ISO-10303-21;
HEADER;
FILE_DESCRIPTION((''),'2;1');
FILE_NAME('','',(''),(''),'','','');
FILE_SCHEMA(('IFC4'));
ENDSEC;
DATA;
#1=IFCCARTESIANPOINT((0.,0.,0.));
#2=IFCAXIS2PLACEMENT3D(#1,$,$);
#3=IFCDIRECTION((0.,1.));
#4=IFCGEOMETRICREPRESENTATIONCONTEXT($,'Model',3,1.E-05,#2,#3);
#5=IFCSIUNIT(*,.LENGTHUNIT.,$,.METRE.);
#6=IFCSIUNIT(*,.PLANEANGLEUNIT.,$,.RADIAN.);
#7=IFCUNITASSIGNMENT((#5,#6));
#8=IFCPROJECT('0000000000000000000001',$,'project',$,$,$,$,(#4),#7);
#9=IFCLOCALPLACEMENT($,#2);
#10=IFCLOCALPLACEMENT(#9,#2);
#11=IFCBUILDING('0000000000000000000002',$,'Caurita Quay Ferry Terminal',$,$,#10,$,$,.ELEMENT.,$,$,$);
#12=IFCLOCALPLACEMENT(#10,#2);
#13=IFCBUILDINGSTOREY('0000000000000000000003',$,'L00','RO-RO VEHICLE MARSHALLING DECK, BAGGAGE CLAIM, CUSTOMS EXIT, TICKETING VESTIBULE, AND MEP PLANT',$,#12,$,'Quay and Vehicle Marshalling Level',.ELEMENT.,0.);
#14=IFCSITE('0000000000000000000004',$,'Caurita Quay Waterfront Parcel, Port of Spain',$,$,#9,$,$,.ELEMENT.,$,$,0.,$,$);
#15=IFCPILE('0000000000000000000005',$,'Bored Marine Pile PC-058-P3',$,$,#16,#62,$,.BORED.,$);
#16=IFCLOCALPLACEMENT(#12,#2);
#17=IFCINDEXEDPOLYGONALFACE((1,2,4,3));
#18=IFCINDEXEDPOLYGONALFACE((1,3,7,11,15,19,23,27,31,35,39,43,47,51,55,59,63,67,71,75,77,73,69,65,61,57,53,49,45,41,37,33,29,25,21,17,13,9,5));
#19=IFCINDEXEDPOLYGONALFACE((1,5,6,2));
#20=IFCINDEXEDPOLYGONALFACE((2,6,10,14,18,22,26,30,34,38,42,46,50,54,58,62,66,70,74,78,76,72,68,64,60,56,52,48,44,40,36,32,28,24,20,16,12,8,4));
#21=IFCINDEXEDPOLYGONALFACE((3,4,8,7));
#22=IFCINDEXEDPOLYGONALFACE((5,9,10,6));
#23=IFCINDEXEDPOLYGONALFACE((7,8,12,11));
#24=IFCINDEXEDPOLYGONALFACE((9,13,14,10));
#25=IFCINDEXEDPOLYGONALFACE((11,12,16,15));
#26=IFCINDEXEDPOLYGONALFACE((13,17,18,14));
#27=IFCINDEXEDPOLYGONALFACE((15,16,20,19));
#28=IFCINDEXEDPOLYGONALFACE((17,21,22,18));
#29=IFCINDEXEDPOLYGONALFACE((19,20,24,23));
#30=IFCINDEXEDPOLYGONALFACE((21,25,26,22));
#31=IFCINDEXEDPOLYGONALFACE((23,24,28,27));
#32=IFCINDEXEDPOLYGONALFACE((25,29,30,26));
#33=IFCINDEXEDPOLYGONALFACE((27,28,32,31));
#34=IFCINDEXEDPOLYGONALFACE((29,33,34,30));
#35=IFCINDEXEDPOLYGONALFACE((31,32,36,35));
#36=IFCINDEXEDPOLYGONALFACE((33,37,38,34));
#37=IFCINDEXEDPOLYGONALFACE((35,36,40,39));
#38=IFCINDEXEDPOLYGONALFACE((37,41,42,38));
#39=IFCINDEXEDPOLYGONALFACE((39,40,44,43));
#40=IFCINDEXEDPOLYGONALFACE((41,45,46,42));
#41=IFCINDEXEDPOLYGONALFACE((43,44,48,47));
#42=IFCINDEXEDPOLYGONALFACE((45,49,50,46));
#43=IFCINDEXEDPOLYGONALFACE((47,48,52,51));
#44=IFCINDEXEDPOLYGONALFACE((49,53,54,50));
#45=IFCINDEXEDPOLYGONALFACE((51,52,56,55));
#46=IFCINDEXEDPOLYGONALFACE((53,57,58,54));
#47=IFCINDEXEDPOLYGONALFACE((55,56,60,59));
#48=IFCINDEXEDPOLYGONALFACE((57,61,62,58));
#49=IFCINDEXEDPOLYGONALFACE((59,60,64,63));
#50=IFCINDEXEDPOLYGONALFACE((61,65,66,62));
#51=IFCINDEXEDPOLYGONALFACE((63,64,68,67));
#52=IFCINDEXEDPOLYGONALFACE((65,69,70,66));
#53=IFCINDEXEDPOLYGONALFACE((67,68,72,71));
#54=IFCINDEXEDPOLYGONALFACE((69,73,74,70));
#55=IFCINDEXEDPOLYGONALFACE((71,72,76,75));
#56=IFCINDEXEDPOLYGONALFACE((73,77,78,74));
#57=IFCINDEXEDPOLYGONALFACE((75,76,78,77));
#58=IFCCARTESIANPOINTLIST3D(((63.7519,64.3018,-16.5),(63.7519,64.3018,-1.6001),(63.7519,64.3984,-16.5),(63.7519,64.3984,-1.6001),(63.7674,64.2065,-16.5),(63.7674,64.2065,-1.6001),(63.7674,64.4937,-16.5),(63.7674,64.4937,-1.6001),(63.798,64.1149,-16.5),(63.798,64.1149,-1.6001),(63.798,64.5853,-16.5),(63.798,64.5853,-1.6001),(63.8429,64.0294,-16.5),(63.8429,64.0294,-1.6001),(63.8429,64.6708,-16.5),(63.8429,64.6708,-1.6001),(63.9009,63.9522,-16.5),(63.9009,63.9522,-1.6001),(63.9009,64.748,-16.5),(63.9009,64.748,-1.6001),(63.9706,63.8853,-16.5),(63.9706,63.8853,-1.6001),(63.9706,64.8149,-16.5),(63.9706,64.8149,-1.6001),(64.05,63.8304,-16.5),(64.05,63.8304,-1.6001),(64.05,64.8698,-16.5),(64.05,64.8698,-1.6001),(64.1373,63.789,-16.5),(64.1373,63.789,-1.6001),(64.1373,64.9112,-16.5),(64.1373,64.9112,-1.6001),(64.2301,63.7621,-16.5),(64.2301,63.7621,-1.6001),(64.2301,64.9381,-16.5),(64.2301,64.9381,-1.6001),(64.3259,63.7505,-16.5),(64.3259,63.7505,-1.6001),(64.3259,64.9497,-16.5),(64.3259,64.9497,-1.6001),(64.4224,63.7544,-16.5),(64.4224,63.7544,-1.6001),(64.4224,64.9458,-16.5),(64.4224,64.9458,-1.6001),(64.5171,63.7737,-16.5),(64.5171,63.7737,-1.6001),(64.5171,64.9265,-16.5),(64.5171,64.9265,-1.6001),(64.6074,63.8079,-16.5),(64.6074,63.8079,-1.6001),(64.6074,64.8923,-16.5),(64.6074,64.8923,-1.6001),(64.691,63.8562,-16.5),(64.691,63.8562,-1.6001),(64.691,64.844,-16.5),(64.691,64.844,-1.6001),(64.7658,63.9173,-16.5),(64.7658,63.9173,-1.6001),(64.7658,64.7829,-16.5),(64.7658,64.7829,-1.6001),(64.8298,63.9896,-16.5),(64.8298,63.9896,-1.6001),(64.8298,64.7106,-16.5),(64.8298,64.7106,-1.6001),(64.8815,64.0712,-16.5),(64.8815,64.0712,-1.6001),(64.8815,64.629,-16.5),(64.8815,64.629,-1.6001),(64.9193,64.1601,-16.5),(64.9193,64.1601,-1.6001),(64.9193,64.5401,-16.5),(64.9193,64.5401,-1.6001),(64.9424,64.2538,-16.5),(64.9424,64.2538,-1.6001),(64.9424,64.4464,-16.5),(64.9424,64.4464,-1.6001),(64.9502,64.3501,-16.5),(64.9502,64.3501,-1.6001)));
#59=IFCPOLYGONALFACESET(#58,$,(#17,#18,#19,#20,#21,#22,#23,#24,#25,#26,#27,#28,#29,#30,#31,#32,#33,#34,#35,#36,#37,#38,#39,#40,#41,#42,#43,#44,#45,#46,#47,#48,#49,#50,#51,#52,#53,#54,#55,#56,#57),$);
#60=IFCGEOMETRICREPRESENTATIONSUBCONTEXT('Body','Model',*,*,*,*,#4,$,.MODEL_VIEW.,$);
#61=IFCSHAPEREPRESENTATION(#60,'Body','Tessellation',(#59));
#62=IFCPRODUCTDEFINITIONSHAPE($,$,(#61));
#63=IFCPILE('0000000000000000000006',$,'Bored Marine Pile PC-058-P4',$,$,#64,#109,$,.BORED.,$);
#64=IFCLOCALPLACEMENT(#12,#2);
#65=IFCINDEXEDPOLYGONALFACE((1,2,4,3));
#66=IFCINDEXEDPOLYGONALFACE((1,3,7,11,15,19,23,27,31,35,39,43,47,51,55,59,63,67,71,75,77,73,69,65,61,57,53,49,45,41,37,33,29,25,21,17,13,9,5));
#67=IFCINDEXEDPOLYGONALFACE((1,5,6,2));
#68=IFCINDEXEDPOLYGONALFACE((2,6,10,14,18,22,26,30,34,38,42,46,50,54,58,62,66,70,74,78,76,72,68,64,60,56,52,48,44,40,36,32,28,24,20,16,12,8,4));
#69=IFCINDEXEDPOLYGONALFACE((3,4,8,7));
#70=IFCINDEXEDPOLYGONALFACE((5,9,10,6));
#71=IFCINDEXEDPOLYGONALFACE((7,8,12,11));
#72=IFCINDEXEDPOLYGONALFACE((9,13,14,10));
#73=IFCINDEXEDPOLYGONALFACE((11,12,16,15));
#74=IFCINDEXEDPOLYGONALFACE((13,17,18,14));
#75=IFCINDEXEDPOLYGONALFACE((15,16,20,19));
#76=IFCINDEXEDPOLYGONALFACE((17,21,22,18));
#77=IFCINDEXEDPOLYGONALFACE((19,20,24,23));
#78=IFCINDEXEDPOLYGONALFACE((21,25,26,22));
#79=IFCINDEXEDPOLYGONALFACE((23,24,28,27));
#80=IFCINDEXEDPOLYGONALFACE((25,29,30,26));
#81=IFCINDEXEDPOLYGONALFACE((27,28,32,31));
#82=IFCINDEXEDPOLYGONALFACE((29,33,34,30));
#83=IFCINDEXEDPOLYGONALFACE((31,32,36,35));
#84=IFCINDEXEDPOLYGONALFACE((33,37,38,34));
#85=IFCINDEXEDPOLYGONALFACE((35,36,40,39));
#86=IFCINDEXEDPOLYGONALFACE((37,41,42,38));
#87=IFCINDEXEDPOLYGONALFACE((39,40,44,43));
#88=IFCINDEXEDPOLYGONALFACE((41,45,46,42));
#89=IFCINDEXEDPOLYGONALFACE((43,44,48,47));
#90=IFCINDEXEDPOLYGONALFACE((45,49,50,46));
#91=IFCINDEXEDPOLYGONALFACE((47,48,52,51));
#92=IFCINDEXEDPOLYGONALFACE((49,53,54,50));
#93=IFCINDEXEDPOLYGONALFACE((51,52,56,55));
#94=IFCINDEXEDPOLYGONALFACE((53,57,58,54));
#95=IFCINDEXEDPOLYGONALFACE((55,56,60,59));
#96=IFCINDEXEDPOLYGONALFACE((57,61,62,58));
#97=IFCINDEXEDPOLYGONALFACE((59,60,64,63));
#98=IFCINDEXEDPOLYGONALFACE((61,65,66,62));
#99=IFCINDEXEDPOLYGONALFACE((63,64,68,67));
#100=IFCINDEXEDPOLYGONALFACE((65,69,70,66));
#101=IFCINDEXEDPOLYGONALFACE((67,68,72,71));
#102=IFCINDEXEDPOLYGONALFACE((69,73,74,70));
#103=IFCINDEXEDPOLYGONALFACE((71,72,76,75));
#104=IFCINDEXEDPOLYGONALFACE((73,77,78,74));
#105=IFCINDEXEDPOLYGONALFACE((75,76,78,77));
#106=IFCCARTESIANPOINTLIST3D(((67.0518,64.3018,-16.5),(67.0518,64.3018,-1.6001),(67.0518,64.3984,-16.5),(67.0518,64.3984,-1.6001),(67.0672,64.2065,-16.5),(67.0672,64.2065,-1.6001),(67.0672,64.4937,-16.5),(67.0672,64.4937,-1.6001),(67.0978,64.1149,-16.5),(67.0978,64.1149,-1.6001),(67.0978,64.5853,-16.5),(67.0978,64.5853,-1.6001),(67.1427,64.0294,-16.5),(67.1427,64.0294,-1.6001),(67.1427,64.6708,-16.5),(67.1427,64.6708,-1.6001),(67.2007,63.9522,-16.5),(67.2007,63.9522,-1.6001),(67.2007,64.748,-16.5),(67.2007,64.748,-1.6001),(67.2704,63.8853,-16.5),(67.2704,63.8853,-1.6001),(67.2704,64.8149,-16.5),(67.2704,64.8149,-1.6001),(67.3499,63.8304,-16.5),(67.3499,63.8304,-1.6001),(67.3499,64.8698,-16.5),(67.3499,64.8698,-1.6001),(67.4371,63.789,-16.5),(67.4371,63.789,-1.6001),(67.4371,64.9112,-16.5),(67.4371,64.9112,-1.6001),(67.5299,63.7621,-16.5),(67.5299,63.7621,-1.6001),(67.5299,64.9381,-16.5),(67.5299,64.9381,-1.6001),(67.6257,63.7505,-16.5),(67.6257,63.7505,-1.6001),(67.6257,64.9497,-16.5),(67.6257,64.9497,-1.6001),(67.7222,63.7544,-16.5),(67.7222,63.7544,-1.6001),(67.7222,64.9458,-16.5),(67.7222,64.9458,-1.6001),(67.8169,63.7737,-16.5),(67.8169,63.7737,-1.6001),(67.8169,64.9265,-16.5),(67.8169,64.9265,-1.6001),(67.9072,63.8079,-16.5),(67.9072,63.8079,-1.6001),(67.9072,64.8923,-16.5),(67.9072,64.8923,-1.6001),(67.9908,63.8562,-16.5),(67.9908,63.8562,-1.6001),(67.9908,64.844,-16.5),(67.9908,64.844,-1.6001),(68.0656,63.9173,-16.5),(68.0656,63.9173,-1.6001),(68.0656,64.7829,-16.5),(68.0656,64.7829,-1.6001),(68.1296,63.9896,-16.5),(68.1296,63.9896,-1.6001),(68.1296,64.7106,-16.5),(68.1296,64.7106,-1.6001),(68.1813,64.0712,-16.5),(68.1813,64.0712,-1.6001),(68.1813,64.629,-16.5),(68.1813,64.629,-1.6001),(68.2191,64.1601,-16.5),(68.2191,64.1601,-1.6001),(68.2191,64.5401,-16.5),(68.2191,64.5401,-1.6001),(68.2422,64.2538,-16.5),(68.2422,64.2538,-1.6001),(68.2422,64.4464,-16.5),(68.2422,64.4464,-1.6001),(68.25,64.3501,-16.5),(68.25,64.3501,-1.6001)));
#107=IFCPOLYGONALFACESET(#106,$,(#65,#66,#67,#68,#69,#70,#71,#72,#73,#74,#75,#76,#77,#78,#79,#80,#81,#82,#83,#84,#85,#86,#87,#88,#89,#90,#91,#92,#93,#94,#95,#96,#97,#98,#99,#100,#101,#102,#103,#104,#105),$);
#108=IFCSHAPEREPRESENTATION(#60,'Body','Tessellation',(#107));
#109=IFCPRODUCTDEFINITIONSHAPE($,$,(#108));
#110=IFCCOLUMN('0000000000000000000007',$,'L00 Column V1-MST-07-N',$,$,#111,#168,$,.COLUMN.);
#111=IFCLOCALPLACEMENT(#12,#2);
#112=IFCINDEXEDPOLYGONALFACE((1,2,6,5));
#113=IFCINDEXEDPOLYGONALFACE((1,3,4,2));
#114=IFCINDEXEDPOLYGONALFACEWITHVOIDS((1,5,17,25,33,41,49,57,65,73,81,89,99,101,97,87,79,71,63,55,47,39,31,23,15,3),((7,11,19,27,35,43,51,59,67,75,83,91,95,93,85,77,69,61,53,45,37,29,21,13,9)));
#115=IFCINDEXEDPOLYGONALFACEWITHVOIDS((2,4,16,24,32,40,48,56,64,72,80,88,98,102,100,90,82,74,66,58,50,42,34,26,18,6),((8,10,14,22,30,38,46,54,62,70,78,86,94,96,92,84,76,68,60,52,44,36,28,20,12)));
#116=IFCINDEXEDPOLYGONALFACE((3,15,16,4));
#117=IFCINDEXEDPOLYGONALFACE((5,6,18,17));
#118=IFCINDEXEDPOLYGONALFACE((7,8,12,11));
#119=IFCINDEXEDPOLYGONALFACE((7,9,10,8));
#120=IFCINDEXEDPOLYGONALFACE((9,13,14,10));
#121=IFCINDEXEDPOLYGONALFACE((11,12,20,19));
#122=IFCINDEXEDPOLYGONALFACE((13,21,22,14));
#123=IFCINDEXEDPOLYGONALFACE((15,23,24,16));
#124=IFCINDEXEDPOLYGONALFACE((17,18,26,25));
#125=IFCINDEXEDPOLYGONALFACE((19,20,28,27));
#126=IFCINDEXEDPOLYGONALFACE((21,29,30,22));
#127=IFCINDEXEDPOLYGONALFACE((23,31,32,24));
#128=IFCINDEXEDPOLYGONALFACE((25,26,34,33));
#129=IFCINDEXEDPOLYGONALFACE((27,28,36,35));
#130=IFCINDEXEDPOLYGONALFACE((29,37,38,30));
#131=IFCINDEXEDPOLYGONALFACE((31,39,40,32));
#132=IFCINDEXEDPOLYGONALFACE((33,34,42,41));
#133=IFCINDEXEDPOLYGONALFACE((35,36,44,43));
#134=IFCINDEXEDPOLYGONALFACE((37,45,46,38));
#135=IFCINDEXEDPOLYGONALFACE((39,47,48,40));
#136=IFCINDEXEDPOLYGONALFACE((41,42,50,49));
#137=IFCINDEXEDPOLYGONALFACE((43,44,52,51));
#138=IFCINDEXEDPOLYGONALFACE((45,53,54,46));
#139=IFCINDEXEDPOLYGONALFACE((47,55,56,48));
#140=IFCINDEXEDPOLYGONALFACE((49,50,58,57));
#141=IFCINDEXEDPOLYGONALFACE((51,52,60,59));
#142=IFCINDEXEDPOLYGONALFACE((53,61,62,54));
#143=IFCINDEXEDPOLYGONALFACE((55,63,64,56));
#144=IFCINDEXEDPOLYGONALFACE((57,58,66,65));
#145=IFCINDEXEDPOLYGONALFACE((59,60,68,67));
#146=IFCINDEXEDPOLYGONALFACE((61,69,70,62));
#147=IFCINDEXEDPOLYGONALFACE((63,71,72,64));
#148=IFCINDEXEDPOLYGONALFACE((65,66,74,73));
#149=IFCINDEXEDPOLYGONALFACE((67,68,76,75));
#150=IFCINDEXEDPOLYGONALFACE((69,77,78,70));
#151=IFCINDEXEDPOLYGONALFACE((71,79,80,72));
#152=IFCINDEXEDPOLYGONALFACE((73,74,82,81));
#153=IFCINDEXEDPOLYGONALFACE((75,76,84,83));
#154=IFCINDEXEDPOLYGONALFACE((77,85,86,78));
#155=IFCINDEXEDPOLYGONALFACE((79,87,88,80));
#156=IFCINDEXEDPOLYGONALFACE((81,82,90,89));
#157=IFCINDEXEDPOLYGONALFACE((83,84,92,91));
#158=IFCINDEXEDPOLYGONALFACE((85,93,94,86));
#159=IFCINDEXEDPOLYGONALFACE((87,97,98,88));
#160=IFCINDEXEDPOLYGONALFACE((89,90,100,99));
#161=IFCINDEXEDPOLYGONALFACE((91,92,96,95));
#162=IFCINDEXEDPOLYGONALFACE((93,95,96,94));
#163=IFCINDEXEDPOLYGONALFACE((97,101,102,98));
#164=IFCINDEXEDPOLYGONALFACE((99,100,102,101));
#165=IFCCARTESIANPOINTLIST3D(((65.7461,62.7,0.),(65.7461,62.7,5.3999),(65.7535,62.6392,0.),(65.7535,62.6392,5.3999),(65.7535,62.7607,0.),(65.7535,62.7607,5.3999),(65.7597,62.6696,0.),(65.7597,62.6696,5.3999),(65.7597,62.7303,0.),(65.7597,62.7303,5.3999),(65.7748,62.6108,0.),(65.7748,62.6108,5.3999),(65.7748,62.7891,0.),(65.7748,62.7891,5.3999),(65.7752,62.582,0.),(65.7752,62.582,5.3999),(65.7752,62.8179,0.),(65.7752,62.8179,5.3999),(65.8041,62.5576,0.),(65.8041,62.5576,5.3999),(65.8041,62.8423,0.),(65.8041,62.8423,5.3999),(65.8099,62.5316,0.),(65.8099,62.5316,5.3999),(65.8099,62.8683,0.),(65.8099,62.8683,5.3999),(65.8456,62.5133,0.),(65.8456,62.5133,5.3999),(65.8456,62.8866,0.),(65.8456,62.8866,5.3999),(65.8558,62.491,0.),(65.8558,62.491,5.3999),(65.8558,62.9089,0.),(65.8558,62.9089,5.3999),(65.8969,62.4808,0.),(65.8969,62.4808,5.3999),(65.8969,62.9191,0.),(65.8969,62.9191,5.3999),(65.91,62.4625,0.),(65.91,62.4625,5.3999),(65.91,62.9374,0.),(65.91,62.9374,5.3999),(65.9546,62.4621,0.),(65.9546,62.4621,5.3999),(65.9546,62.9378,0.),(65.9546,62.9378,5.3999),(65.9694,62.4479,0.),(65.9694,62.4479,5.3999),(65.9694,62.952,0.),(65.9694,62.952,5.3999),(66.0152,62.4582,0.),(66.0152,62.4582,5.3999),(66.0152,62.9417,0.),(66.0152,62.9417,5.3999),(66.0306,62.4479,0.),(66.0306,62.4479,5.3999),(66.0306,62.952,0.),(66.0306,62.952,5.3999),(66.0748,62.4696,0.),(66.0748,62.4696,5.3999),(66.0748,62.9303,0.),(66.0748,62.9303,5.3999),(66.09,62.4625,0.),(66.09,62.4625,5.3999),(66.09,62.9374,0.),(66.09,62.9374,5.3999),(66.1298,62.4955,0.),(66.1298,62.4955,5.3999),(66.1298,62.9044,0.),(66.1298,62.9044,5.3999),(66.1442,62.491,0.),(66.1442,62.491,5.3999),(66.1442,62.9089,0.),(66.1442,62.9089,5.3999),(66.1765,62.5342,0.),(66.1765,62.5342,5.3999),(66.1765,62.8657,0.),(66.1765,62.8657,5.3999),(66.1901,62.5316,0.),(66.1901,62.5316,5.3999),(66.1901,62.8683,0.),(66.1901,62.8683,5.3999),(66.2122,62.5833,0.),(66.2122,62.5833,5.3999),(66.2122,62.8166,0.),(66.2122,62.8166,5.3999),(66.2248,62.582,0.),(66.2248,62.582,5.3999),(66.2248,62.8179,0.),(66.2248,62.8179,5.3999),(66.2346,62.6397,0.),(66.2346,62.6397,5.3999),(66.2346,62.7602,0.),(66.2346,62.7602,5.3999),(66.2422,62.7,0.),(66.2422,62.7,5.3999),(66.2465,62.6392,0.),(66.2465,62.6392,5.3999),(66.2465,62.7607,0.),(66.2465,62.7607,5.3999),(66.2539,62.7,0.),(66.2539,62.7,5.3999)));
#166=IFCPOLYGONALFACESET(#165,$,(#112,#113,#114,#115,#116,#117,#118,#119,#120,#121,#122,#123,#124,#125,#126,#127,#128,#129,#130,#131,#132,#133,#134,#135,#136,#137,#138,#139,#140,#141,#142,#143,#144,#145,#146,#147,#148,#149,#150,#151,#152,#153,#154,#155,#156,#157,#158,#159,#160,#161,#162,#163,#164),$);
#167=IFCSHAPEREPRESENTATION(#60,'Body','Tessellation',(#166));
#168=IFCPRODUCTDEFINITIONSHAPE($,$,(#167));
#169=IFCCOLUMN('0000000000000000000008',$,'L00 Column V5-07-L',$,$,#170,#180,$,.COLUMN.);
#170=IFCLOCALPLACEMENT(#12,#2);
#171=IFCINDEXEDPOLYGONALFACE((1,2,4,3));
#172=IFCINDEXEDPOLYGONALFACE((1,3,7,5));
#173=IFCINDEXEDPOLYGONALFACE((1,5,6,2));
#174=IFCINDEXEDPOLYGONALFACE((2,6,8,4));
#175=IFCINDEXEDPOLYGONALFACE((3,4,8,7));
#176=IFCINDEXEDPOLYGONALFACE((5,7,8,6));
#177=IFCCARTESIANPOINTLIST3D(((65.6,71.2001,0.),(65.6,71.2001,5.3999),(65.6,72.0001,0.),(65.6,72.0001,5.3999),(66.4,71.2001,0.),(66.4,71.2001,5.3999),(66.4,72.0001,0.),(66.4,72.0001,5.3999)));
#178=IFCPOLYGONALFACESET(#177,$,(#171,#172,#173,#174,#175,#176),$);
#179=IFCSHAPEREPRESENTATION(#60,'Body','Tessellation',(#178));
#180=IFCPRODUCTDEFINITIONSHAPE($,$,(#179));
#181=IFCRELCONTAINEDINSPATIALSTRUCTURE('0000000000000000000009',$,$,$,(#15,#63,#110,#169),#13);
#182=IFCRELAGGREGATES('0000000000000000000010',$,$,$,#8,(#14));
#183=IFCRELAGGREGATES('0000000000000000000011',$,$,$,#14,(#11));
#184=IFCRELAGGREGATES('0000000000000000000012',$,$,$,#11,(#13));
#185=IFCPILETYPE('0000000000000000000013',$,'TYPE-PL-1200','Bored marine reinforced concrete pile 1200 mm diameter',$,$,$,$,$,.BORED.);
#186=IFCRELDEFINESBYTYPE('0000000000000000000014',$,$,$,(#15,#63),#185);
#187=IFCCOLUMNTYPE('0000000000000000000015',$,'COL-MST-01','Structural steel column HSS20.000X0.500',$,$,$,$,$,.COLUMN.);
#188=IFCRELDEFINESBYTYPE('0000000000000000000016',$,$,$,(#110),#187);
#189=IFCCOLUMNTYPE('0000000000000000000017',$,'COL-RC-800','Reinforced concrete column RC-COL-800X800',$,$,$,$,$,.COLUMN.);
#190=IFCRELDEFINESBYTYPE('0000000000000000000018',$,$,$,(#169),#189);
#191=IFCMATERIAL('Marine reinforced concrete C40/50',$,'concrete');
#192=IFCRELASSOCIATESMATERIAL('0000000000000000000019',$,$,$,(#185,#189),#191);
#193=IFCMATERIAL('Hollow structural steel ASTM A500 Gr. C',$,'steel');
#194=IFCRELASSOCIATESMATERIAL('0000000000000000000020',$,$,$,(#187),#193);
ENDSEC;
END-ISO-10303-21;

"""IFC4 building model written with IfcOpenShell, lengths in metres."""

from ifc_helpers import new_model, si_unit, direction, frame, origin, origin_2d, place, context, subcontext, project, spatial, rectangle, circle, hollow_circle, extrude, material, material_profile, profile_set, type_object, element, save


model = new_model("IFC4")

# Units and contexts
model_context = context("Model", 3, precision=1e-05, world=origin(), true_north=direction((0.0, 1.0)))
body_context = subcontext(model_context, "Body", "Model", "MODEL_VIEW")
ifc_project = project(units=[si_unit("LENGTHUNIT", "METRE"), si_unit("PLANEANGLEUNIT", "RADIAN")], contexts=[model_context])

# Site, building, storey
site_placement = place(None, origin())
site = spatial("IfcSite", under=ifc_project, at=site_placement, Name="Caurita Quay Waterfront Parcel, Port of Spain", CompositionType="ELEMENT", RefElevation=0.0)
building_placement = place(site_placement, origin())
building = spatial("IfcBuilding", under=site, at=building_placement, Name="Caurita Quay Ferry Terminal", CompositionType="ELEMENT")
storey_placement = place(building_placement, origin())
storey = spatial("IfcBuildingStorey", under=building, at=storey_placement, Name="L00", Description="RO-RO VEHICLE MARSHALLING DECK, BAGGAGE CLAIM, CUSTOMS EXIT, TICKETING VESTIBULE, AND MEP PLANT", LongName="Quay and Vehicle Marshalling Level", CompositionType="ELEMENT", Elevation=0.0)

# Piles
ifc_material_1 = material(Name="Marine reinforced concrete C40/50", Category="concrete")
ifc_material_profile_1 = material_profile(ifc_material_1, circle(Radius=0.6001, at=origin_2d()), Name="PILE-D1200")
ifc_profile_set_1 = profile_set([ifc_material_profile_1], Name="Marine reinforced concrete C40/50")
pile_type_1 = type_object("IfcPileType", Name="TYPE-PL-1200", Description="Bored marine reinforced concrete pile 1200 mm diameter", PredefinedType="BORED", material=ifc_profile_set_1)
for number, where, z_axis, x_axis, name in (
    (1, (64.3501, 64.3501, -1.6001), (0.0, 0.0, -1.0), (1.0, 0.0, 0.0), "Bored Marine Pile PC-058-P3"),
    (2, (67.6499, 64.3501, -1.6001), (0.0, 0.0, -1.0), (1.0, 0.0, 0.0), "Bored Marine Pile PC-058-P4"),
):
    element("IfcPile", number, at=place(storey_placement, frame(where, z_axis=z_axis, x_axis=x_axis)), inside=storey, type_object=pile_type_1, Name=name, PredefinedType="BORED", context=body_context, shape_type="SweptSolid", body=[
        extrude(circle(Radius=0.6001, at=origin_2d()), origin(), (0.0, 0.0, 1.0), 14.8999),
    ])

# Columns
ifc_material_2 = material(Name="Hollow structural steel ASTM A500 Gr. C", Category="steel")
ifc_material_profile_2 = material_profile(ifc_material_2, hollow_circle(Radius=0.2539, WallThickness=0.0117, at=origin_2d()), Name="HSS20.000X0.500")
ifc_profile_set_2 = profile_set([ifc_material_profile_2], Name="Hollow structural steel ASTM A500 Gr. C")
column_type_1 = type_object("IfcColumnType", Name="COL-MST-01", Description="Structural steel column HSS20.000X0.500", PredefinedType="COLUMN", material=ifc_profile_set_2)
column_1_placement = place(storey_placement, frame((66.0, 62.7, 0.0), z_axis=(0.0, 0.0, 1.0), x_axis=(1.0, 0.0, 0.0)))
element("IfcColumn", 3, at=column_1_placement, inside=storey, type_object=column_type_1, Name="L00 Column V1-MST-07-N", PredefinedType="COLUMN", context=body_context, shape_type="SweptSolid", body=[
    extrude(hollow_circle(Radius=0.2539, WallThickness=0.0117, at=origin_2d()), origin(), (0.0, 0.0, 1.0), 5.3999),
])
ifc_material_profile_3 = material_profile(ifc_material_1, rectangle(XDim=0.8, YDim=0.8, at=origin_2d()), Name="RC-COL-800X800")
ifc_profile_set_3 = profile_set([ifc_material_profile_3], Name="Marine reinforced concrete C40/50")
column_type_2 = type_object("IfcColumnType", Name="COL-RC-800", Description="Reinforced concrete column RC-COL-800X800", PredefinedType="COLUMN", material=ifc_profile_set_3)
column_2_placement = place(storey_placement, frame((66.0, 71.6001, 0.0), z_axis=(0.0, 0.0, 1.0), x_axis=(1.0, 0.0, 0.0)))
element("IfcColumn", 4, at=column_2_placement, inside=storey, type_object=column_type_2, Name="L00 Column V5-07-L", PredefinedType="COLUMN", context=body_context, shape_type="SweptSolid", body=[
    extrude(rectangle(XDim=0.8, YDim=0.8, at=origin_2d()), origin(), (0.0, 0.0, 1.0), 5.3999),
])

save(model, "model.ifc")
